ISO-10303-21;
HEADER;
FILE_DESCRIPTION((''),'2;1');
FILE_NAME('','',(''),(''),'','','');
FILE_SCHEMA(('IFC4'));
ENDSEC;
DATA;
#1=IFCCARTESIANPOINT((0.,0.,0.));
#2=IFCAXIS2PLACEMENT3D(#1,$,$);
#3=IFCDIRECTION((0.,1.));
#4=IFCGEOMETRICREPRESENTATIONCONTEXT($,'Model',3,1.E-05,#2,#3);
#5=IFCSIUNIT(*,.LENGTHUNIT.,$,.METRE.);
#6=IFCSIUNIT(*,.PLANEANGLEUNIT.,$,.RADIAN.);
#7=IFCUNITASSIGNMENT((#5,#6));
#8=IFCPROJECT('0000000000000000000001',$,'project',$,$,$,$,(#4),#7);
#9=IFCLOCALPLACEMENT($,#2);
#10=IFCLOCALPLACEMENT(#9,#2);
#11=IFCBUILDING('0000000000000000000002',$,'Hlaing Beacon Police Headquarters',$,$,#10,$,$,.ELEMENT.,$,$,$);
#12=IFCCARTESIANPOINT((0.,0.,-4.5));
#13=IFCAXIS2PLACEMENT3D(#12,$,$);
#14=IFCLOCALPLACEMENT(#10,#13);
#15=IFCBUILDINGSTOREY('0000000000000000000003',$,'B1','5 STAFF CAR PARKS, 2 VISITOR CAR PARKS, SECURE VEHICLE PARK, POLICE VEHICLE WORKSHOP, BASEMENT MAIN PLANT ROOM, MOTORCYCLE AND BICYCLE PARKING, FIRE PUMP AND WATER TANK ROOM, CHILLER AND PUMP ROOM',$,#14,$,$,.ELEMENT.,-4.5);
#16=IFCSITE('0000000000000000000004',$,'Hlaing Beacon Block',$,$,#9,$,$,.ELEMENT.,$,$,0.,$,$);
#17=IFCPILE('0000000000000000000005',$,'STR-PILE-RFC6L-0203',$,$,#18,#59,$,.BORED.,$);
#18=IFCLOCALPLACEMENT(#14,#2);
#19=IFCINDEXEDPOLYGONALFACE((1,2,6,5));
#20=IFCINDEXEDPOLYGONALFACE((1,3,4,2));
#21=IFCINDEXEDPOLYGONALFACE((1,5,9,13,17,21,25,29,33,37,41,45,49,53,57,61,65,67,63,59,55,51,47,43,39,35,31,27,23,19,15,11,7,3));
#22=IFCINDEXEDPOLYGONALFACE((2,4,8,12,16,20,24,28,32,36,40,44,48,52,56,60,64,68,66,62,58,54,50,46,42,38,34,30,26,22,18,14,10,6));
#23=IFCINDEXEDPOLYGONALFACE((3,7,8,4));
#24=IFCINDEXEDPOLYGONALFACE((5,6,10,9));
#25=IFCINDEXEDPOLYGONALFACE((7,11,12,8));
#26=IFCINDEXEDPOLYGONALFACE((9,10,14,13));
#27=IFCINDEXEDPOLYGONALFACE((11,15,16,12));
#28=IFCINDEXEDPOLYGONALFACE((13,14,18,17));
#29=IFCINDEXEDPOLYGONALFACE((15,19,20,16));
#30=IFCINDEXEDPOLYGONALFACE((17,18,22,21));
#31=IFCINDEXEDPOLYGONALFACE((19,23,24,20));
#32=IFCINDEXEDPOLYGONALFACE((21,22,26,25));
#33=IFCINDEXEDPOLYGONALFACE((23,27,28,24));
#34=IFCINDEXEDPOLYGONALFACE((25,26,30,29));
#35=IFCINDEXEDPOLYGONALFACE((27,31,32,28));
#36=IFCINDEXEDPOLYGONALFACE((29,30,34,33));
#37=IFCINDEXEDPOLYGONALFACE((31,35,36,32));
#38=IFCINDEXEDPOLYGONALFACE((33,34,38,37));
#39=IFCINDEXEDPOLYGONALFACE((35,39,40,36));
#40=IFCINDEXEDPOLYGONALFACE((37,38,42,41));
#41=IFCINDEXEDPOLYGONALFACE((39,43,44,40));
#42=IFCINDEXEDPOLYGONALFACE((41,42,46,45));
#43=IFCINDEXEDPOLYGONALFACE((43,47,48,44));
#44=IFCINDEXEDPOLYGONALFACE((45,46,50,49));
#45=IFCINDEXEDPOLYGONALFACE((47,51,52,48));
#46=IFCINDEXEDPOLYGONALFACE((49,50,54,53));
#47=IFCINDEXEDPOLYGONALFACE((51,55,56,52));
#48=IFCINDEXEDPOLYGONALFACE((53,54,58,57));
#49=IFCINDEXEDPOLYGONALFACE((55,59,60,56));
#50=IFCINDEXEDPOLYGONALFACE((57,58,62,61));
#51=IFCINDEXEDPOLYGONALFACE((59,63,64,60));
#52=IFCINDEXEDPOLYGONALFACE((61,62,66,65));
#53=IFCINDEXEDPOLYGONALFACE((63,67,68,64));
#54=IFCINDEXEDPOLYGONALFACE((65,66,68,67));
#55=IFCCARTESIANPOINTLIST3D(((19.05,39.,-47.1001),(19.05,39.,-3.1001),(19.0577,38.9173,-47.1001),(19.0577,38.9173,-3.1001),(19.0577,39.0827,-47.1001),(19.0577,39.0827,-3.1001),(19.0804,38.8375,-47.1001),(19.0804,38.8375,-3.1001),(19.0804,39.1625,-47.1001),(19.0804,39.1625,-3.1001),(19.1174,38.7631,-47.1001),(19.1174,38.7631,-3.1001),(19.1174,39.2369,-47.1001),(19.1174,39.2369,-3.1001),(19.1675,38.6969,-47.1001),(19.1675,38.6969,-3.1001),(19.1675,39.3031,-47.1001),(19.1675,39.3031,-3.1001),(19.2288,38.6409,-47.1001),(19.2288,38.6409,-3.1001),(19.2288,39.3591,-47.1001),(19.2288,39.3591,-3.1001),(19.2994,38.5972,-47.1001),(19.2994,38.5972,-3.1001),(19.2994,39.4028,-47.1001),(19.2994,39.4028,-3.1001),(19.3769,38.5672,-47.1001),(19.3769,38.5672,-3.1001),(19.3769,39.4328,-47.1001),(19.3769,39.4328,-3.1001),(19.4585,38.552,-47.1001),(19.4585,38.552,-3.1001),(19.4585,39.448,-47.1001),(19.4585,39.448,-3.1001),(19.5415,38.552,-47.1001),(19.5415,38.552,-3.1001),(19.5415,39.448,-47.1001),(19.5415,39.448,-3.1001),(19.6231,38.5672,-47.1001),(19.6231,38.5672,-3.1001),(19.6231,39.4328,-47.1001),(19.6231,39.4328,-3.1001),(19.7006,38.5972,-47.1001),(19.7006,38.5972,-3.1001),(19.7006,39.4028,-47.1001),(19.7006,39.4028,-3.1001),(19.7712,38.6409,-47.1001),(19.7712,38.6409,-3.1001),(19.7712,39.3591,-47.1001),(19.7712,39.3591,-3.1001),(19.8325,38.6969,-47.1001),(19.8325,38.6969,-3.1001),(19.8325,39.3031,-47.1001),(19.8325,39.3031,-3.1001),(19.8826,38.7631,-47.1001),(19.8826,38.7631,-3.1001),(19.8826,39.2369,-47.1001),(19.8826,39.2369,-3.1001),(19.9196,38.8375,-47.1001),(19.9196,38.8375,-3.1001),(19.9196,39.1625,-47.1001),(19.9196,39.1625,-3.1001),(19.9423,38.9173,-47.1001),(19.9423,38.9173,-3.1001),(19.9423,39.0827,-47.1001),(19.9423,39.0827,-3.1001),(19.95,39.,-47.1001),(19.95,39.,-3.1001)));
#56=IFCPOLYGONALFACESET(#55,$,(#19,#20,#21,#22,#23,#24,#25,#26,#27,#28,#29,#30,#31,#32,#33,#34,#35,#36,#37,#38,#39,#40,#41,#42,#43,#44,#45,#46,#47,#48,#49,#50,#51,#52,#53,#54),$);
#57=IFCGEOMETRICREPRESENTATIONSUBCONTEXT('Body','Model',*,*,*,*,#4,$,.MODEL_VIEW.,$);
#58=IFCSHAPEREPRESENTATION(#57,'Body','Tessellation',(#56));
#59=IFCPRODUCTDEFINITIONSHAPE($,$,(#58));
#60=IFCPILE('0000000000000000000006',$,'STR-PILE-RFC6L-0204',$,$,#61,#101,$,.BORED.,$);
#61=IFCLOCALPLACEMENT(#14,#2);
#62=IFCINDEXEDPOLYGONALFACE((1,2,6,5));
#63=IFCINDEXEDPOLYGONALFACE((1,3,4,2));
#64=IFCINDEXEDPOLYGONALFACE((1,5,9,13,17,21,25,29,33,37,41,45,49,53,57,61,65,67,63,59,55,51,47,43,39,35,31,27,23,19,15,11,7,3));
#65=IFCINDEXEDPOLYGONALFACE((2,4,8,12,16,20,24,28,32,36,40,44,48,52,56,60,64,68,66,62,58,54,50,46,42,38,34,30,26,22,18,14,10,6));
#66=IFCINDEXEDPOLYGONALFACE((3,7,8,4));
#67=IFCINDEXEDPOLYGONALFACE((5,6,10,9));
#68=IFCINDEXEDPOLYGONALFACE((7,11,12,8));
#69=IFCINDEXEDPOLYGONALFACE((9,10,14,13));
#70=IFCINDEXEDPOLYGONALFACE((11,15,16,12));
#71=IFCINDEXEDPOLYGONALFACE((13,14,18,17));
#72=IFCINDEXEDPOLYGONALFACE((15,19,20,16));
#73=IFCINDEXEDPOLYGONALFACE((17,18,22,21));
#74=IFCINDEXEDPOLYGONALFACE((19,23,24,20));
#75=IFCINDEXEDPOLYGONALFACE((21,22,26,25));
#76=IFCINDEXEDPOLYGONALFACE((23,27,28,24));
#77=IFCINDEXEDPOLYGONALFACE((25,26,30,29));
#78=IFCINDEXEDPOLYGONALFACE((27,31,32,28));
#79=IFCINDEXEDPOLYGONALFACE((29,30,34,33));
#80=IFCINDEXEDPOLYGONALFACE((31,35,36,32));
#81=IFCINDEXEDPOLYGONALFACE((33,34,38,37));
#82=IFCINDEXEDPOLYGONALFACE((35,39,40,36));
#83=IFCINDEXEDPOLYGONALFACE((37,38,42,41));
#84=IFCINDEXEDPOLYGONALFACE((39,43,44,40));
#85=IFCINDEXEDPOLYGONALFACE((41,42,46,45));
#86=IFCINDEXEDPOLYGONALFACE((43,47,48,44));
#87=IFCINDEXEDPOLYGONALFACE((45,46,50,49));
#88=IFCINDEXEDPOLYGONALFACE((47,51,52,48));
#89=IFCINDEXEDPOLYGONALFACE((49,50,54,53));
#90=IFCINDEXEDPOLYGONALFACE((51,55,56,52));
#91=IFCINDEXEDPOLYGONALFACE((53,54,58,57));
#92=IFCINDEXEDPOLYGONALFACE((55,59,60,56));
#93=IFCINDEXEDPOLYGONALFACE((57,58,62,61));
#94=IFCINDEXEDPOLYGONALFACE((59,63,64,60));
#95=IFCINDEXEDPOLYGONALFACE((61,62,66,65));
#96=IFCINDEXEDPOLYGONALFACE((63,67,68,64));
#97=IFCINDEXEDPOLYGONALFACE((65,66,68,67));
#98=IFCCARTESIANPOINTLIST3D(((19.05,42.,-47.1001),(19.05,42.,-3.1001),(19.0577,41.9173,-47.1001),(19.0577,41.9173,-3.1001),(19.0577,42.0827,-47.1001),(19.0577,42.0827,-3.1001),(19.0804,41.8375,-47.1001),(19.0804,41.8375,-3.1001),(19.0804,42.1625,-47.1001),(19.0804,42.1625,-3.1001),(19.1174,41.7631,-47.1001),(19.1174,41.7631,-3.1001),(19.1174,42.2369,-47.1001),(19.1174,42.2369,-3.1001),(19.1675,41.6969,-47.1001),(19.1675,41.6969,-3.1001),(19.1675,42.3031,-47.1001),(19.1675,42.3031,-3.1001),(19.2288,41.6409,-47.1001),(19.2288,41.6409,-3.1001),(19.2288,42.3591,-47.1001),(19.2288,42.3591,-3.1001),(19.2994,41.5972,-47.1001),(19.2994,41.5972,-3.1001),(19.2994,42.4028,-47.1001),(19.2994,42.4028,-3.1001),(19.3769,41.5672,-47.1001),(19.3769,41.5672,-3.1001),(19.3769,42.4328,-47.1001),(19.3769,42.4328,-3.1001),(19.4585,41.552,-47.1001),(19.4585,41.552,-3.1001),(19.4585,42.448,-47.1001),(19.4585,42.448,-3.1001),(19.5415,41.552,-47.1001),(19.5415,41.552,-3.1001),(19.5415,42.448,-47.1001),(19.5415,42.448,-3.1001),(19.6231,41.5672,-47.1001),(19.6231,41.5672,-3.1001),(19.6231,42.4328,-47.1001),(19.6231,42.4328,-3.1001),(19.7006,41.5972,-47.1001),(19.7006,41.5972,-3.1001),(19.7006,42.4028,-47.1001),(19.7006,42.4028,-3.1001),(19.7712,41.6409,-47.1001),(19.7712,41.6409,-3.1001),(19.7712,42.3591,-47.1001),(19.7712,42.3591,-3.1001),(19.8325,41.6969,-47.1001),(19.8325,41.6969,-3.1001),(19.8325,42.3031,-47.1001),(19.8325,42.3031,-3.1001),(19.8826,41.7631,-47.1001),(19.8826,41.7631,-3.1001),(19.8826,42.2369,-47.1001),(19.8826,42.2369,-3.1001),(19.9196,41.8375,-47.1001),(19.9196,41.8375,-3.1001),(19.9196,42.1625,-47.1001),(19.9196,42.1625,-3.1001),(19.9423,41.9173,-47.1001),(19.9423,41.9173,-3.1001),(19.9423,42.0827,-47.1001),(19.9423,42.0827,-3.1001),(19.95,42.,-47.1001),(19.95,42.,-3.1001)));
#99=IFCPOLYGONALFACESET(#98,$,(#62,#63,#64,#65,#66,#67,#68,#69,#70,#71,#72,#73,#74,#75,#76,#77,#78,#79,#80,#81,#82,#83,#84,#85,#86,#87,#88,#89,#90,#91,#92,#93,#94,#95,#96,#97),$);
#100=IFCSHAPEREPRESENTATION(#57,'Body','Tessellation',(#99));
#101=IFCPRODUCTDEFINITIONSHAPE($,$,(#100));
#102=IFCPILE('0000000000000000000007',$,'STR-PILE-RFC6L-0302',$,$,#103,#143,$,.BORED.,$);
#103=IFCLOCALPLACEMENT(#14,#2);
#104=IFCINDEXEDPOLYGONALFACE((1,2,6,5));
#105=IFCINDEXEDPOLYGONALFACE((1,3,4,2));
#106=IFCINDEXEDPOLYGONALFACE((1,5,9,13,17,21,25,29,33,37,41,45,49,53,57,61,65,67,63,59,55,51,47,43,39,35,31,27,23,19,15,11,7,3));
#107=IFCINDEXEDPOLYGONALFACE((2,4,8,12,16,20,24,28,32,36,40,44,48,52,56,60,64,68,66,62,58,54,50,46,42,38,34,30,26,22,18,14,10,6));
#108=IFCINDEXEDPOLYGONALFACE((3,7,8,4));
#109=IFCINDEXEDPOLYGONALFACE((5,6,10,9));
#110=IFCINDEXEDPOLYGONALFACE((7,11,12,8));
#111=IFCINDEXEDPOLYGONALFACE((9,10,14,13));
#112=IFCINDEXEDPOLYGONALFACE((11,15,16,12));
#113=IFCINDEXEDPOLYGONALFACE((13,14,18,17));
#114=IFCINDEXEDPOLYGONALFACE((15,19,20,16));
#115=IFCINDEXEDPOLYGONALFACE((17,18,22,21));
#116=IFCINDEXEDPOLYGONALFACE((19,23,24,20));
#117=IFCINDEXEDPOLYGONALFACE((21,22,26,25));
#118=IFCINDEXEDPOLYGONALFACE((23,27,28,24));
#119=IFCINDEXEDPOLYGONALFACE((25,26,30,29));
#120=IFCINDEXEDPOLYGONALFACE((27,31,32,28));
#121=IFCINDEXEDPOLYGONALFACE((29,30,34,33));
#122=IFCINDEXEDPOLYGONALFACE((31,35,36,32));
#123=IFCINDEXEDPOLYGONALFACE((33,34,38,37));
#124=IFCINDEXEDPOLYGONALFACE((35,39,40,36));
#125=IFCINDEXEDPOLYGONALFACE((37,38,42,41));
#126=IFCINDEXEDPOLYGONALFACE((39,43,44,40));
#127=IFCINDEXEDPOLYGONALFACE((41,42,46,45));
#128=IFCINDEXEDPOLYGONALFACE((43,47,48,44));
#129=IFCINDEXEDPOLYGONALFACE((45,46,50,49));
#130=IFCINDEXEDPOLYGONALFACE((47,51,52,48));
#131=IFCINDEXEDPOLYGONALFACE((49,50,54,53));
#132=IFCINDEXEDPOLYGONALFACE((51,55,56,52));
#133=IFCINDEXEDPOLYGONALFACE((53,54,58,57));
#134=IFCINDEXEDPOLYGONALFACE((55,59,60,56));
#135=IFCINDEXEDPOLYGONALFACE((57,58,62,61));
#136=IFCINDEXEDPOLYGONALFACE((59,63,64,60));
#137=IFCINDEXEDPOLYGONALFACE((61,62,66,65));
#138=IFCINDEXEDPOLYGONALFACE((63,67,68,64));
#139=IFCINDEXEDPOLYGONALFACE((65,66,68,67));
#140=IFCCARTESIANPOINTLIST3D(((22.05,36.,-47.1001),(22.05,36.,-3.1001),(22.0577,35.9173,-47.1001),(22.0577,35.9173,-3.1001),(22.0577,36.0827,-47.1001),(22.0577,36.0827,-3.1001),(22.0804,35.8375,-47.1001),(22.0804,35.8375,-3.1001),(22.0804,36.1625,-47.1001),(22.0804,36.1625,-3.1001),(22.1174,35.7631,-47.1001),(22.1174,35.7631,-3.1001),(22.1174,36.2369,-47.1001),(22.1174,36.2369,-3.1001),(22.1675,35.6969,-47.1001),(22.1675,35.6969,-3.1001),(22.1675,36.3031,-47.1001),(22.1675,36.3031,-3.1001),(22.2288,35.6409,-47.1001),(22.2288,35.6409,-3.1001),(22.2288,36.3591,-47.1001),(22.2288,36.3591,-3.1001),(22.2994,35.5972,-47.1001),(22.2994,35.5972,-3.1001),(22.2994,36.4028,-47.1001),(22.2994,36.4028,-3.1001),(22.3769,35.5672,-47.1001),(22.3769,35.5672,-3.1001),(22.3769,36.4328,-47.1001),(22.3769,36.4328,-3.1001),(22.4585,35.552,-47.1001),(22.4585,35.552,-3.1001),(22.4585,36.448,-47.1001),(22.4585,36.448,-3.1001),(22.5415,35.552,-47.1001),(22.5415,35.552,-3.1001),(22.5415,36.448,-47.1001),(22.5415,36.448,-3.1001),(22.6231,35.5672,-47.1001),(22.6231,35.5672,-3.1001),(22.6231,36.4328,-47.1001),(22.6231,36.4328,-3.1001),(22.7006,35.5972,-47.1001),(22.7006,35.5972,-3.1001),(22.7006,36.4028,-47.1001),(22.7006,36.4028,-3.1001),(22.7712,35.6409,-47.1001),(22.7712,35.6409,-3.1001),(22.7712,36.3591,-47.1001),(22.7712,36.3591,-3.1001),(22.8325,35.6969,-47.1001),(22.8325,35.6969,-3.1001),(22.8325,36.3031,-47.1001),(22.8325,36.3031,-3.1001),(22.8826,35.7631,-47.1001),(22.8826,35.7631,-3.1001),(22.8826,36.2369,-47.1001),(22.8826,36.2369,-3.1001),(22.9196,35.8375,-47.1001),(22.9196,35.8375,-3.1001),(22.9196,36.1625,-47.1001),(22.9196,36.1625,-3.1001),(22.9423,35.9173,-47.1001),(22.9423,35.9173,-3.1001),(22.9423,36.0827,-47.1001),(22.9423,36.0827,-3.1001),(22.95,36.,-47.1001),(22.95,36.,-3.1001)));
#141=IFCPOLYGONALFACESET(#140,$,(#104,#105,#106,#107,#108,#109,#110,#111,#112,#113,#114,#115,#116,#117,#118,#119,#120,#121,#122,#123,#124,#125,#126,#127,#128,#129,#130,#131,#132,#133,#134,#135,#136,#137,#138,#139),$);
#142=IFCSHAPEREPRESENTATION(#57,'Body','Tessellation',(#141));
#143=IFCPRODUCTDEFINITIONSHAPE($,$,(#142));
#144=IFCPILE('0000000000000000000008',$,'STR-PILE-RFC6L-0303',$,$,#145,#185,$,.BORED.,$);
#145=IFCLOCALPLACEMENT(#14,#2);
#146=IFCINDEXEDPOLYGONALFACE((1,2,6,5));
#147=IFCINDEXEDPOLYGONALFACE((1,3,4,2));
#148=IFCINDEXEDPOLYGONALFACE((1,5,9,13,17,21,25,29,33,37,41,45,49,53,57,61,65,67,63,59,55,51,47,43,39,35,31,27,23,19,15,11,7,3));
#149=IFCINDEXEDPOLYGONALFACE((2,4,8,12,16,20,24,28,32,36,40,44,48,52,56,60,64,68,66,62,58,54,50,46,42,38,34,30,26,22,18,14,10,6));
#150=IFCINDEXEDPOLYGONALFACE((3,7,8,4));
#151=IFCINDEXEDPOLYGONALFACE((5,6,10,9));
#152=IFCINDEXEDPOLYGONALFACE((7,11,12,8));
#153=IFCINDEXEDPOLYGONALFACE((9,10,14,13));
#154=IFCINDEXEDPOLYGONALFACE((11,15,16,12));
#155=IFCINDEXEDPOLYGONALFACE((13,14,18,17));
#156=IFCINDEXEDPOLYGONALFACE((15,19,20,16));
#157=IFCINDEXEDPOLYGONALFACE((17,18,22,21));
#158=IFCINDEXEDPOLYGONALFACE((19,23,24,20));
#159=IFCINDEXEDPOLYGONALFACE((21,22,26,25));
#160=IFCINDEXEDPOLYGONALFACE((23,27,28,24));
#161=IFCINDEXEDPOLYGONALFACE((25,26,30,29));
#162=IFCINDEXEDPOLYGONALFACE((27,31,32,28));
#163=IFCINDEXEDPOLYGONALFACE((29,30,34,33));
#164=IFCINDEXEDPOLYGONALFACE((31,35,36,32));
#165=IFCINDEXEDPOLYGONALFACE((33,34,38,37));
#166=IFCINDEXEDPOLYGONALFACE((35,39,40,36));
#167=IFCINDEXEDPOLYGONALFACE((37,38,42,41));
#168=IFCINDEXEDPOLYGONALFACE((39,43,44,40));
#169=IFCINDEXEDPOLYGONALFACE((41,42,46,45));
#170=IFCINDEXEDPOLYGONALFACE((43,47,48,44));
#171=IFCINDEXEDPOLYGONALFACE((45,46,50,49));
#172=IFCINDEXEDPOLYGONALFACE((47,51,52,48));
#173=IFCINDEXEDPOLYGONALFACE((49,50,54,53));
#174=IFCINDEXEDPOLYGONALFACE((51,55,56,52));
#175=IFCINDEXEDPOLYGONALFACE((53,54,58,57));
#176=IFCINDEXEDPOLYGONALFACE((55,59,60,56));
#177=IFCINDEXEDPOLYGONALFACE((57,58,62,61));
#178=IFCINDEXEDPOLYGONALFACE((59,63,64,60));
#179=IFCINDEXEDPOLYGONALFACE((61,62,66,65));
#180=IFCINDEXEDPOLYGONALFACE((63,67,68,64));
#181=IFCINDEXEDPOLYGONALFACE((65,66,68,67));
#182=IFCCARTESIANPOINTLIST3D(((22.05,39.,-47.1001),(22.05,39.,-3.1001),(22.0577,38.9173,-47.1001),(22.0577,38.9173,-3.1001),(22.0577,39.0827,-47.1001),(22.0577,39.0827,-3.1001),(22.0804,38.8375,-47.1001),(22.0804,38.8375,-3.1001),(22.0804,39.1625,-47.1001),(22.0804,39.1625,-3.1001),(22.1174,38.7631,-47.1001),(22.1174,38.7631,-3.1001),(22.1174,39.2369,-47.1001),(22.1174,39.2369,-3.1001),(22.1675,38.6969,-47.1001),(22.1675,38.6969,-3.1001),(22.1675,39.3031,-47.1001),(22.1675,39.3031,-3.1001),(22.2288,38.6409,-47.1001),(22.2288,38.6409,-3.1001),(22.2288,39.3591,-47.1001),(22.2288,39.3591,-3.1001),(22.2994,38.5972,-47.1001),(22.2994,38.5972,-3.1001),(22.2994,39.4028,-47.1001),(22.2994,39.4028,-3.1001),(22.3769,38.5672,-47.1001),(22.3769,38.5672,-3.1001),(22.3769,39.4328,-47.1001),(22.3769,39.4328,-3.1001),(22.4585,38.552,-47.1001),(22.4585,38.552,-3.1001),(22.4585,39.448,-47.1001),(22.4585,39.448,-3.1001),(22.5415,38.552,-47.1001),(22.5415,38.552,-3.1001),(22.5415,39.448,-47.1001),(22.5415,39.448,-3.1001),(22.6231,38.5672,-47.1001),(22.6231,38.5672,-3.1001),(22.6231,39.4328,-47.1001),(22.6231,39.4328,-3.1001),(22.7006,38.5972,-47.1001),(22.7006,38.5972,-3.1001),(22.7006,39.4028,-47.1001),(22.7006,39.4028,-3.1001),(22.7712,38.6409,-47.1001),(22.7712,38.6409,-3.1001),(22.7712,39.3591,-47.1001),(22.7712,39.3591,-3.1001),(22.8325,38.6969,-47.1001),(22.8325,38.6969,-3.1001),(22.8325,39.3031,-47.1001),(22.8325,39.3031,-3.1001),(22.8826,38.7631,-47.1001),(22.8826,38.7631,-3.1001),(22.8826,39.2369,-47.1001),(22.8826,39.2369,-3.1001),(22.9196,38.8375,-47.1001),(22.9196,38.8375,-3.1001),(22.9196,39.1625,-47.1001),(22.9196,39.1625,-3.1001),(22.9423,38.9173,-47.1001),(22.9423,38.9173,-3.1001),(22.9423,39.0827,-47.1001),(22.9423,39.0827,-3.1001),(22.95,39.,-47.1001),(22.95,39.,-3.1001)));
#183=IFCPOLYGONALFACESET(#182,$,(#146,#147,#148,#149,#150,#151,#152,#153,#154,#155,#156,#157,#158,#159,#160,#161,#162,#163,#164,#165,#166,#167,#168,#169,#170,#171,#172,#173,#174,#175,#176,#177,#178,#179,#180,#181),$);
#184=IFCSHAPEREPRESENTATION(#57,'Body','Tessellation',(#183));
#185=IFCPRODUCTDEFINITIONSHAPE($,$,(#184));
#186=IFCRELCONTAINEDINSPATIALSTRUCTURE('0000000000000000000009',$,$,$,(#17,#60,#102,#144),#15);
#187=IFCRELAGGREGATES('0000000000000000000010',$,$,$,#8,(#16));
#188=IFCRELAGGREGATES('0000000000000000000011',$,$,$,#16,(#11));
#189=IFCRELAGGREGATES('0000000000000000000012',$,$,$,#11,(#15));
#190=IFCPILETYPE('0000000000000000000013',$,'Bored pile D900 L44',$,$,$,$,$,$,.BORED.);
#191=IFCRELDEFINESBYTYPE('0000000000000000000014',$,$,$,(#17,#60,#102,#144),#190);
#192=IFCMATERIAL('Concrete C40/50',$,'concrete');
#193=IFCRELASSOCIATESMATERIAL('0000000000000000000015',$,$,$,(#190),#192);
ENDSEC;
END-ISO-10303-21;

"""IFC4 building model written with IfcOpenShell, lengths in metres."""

from ifc_helpers import new_model, si_unit, direction, frame, origin, origin_2d, place, context, subcontext, project, spatial, circle, extrude, material, material_profile, profile_set, type_object, element, save


model = new_model("IFC4")

# Units and contexts
model_context = context("Model", 3, precision=1e-05, world=origin(), true_north=direction((0.0, 1.0)))
body_context = subcontext(model_context, "Body", "Model", "MODEL_VIEW")
ifc_project = project(units=[si_unit("LENGTHUNIT", "METRE"), si_unit("PLANEANGLEUNIT", "RADIAN")], contexts=[model_context])

# Site, building, storey
site_placement = place(None, origin())
site = spatial("IfcSite", under=ifc_project, at=site_placement, Name="Hlaing Beacon Block", CompositionType="ELEMENT", RefElevation=0.0)
building_placement = place(site_placement, origin())
building = spatial("IfcBuilding", under=site, at=building_placement, Name="Hlaing Beacon Police Headquarters", CompositionType="ELEMENT")
storey_placement = place(building_placement, frame((0.0, 0.0, -4.5)))
storey = spatial("IfcBuildingStorey", under=building, at=storey_placement, Name="B1", Description="5 STAFF CAR PARKS, 2 VISITOR CAR PARKS, SECURE VEHICLE PARK, POLICE VEHICLE WORKSHOP, BASEMENT MAIN PLANT ROOM, MOTORCYCLE AND BICYCLE PARKING, FIRE PUMP AND WATER TANK ROOM, CHILLER AND PUMP ROOM", CompositionType="ELEMENT", Elevation=-4.5)

# Piles
ifc_material_1 = material(Name="Concrete C40/50", Category="concrete")
ifc_material_profile = material_profile(ifc_material_1, circle(Radius=0.45, at=origin_2d()), Name="D900")
ifc_profile_set = profile_set([ifc_material_profile], Name="Concrete C40/50")
pile_type = type_object("IfcPileType", Name="Bored pile D900 L44", PredefinedType="BORED", material=ifc_profile_set)
for number, where, z_axis, x_axis, name in (
    (1, (19.5, 39.0, -3.1001), (0.0, 0.0, -1.0), (1.0, 0.0, 0.0), "STR-PILE-RFC6L-0203"),
    (2, (19.5, 42.0, -3.1001), (0.0, 0.0, -1.0), (1.0, 0.0, 0.0), "STR-PILE-RFC6L-0204"),
    (3, (22.5, 36.0, -3.1001), (0.0, 0.0, -1.0), (1.0, 0.0, 0.0), "STR-PILE-RFC6L-0302"),
    (4, (22.5, 39.0, -3.1001), (0.0, 0.0, -1.0), (1.0, 0.0, 0.0), "STR-PILE-RFC6L-0303"),
):
    element("IfcPile", number, at=place(storey_placement, frame(where, z_axis=z_axis, x_axis=x_axis)), inside=storey, type_object=pile_type, Name=name, PredefinedType="BORED", context=body_context, shape_type="SweptSolid", body=[
        extrude(circle(Radius=0.45, at=origin_2d()), origin(), (0.0, 0.0, 1.0), 44.0),
    ])

save(model, "model.ifc")
